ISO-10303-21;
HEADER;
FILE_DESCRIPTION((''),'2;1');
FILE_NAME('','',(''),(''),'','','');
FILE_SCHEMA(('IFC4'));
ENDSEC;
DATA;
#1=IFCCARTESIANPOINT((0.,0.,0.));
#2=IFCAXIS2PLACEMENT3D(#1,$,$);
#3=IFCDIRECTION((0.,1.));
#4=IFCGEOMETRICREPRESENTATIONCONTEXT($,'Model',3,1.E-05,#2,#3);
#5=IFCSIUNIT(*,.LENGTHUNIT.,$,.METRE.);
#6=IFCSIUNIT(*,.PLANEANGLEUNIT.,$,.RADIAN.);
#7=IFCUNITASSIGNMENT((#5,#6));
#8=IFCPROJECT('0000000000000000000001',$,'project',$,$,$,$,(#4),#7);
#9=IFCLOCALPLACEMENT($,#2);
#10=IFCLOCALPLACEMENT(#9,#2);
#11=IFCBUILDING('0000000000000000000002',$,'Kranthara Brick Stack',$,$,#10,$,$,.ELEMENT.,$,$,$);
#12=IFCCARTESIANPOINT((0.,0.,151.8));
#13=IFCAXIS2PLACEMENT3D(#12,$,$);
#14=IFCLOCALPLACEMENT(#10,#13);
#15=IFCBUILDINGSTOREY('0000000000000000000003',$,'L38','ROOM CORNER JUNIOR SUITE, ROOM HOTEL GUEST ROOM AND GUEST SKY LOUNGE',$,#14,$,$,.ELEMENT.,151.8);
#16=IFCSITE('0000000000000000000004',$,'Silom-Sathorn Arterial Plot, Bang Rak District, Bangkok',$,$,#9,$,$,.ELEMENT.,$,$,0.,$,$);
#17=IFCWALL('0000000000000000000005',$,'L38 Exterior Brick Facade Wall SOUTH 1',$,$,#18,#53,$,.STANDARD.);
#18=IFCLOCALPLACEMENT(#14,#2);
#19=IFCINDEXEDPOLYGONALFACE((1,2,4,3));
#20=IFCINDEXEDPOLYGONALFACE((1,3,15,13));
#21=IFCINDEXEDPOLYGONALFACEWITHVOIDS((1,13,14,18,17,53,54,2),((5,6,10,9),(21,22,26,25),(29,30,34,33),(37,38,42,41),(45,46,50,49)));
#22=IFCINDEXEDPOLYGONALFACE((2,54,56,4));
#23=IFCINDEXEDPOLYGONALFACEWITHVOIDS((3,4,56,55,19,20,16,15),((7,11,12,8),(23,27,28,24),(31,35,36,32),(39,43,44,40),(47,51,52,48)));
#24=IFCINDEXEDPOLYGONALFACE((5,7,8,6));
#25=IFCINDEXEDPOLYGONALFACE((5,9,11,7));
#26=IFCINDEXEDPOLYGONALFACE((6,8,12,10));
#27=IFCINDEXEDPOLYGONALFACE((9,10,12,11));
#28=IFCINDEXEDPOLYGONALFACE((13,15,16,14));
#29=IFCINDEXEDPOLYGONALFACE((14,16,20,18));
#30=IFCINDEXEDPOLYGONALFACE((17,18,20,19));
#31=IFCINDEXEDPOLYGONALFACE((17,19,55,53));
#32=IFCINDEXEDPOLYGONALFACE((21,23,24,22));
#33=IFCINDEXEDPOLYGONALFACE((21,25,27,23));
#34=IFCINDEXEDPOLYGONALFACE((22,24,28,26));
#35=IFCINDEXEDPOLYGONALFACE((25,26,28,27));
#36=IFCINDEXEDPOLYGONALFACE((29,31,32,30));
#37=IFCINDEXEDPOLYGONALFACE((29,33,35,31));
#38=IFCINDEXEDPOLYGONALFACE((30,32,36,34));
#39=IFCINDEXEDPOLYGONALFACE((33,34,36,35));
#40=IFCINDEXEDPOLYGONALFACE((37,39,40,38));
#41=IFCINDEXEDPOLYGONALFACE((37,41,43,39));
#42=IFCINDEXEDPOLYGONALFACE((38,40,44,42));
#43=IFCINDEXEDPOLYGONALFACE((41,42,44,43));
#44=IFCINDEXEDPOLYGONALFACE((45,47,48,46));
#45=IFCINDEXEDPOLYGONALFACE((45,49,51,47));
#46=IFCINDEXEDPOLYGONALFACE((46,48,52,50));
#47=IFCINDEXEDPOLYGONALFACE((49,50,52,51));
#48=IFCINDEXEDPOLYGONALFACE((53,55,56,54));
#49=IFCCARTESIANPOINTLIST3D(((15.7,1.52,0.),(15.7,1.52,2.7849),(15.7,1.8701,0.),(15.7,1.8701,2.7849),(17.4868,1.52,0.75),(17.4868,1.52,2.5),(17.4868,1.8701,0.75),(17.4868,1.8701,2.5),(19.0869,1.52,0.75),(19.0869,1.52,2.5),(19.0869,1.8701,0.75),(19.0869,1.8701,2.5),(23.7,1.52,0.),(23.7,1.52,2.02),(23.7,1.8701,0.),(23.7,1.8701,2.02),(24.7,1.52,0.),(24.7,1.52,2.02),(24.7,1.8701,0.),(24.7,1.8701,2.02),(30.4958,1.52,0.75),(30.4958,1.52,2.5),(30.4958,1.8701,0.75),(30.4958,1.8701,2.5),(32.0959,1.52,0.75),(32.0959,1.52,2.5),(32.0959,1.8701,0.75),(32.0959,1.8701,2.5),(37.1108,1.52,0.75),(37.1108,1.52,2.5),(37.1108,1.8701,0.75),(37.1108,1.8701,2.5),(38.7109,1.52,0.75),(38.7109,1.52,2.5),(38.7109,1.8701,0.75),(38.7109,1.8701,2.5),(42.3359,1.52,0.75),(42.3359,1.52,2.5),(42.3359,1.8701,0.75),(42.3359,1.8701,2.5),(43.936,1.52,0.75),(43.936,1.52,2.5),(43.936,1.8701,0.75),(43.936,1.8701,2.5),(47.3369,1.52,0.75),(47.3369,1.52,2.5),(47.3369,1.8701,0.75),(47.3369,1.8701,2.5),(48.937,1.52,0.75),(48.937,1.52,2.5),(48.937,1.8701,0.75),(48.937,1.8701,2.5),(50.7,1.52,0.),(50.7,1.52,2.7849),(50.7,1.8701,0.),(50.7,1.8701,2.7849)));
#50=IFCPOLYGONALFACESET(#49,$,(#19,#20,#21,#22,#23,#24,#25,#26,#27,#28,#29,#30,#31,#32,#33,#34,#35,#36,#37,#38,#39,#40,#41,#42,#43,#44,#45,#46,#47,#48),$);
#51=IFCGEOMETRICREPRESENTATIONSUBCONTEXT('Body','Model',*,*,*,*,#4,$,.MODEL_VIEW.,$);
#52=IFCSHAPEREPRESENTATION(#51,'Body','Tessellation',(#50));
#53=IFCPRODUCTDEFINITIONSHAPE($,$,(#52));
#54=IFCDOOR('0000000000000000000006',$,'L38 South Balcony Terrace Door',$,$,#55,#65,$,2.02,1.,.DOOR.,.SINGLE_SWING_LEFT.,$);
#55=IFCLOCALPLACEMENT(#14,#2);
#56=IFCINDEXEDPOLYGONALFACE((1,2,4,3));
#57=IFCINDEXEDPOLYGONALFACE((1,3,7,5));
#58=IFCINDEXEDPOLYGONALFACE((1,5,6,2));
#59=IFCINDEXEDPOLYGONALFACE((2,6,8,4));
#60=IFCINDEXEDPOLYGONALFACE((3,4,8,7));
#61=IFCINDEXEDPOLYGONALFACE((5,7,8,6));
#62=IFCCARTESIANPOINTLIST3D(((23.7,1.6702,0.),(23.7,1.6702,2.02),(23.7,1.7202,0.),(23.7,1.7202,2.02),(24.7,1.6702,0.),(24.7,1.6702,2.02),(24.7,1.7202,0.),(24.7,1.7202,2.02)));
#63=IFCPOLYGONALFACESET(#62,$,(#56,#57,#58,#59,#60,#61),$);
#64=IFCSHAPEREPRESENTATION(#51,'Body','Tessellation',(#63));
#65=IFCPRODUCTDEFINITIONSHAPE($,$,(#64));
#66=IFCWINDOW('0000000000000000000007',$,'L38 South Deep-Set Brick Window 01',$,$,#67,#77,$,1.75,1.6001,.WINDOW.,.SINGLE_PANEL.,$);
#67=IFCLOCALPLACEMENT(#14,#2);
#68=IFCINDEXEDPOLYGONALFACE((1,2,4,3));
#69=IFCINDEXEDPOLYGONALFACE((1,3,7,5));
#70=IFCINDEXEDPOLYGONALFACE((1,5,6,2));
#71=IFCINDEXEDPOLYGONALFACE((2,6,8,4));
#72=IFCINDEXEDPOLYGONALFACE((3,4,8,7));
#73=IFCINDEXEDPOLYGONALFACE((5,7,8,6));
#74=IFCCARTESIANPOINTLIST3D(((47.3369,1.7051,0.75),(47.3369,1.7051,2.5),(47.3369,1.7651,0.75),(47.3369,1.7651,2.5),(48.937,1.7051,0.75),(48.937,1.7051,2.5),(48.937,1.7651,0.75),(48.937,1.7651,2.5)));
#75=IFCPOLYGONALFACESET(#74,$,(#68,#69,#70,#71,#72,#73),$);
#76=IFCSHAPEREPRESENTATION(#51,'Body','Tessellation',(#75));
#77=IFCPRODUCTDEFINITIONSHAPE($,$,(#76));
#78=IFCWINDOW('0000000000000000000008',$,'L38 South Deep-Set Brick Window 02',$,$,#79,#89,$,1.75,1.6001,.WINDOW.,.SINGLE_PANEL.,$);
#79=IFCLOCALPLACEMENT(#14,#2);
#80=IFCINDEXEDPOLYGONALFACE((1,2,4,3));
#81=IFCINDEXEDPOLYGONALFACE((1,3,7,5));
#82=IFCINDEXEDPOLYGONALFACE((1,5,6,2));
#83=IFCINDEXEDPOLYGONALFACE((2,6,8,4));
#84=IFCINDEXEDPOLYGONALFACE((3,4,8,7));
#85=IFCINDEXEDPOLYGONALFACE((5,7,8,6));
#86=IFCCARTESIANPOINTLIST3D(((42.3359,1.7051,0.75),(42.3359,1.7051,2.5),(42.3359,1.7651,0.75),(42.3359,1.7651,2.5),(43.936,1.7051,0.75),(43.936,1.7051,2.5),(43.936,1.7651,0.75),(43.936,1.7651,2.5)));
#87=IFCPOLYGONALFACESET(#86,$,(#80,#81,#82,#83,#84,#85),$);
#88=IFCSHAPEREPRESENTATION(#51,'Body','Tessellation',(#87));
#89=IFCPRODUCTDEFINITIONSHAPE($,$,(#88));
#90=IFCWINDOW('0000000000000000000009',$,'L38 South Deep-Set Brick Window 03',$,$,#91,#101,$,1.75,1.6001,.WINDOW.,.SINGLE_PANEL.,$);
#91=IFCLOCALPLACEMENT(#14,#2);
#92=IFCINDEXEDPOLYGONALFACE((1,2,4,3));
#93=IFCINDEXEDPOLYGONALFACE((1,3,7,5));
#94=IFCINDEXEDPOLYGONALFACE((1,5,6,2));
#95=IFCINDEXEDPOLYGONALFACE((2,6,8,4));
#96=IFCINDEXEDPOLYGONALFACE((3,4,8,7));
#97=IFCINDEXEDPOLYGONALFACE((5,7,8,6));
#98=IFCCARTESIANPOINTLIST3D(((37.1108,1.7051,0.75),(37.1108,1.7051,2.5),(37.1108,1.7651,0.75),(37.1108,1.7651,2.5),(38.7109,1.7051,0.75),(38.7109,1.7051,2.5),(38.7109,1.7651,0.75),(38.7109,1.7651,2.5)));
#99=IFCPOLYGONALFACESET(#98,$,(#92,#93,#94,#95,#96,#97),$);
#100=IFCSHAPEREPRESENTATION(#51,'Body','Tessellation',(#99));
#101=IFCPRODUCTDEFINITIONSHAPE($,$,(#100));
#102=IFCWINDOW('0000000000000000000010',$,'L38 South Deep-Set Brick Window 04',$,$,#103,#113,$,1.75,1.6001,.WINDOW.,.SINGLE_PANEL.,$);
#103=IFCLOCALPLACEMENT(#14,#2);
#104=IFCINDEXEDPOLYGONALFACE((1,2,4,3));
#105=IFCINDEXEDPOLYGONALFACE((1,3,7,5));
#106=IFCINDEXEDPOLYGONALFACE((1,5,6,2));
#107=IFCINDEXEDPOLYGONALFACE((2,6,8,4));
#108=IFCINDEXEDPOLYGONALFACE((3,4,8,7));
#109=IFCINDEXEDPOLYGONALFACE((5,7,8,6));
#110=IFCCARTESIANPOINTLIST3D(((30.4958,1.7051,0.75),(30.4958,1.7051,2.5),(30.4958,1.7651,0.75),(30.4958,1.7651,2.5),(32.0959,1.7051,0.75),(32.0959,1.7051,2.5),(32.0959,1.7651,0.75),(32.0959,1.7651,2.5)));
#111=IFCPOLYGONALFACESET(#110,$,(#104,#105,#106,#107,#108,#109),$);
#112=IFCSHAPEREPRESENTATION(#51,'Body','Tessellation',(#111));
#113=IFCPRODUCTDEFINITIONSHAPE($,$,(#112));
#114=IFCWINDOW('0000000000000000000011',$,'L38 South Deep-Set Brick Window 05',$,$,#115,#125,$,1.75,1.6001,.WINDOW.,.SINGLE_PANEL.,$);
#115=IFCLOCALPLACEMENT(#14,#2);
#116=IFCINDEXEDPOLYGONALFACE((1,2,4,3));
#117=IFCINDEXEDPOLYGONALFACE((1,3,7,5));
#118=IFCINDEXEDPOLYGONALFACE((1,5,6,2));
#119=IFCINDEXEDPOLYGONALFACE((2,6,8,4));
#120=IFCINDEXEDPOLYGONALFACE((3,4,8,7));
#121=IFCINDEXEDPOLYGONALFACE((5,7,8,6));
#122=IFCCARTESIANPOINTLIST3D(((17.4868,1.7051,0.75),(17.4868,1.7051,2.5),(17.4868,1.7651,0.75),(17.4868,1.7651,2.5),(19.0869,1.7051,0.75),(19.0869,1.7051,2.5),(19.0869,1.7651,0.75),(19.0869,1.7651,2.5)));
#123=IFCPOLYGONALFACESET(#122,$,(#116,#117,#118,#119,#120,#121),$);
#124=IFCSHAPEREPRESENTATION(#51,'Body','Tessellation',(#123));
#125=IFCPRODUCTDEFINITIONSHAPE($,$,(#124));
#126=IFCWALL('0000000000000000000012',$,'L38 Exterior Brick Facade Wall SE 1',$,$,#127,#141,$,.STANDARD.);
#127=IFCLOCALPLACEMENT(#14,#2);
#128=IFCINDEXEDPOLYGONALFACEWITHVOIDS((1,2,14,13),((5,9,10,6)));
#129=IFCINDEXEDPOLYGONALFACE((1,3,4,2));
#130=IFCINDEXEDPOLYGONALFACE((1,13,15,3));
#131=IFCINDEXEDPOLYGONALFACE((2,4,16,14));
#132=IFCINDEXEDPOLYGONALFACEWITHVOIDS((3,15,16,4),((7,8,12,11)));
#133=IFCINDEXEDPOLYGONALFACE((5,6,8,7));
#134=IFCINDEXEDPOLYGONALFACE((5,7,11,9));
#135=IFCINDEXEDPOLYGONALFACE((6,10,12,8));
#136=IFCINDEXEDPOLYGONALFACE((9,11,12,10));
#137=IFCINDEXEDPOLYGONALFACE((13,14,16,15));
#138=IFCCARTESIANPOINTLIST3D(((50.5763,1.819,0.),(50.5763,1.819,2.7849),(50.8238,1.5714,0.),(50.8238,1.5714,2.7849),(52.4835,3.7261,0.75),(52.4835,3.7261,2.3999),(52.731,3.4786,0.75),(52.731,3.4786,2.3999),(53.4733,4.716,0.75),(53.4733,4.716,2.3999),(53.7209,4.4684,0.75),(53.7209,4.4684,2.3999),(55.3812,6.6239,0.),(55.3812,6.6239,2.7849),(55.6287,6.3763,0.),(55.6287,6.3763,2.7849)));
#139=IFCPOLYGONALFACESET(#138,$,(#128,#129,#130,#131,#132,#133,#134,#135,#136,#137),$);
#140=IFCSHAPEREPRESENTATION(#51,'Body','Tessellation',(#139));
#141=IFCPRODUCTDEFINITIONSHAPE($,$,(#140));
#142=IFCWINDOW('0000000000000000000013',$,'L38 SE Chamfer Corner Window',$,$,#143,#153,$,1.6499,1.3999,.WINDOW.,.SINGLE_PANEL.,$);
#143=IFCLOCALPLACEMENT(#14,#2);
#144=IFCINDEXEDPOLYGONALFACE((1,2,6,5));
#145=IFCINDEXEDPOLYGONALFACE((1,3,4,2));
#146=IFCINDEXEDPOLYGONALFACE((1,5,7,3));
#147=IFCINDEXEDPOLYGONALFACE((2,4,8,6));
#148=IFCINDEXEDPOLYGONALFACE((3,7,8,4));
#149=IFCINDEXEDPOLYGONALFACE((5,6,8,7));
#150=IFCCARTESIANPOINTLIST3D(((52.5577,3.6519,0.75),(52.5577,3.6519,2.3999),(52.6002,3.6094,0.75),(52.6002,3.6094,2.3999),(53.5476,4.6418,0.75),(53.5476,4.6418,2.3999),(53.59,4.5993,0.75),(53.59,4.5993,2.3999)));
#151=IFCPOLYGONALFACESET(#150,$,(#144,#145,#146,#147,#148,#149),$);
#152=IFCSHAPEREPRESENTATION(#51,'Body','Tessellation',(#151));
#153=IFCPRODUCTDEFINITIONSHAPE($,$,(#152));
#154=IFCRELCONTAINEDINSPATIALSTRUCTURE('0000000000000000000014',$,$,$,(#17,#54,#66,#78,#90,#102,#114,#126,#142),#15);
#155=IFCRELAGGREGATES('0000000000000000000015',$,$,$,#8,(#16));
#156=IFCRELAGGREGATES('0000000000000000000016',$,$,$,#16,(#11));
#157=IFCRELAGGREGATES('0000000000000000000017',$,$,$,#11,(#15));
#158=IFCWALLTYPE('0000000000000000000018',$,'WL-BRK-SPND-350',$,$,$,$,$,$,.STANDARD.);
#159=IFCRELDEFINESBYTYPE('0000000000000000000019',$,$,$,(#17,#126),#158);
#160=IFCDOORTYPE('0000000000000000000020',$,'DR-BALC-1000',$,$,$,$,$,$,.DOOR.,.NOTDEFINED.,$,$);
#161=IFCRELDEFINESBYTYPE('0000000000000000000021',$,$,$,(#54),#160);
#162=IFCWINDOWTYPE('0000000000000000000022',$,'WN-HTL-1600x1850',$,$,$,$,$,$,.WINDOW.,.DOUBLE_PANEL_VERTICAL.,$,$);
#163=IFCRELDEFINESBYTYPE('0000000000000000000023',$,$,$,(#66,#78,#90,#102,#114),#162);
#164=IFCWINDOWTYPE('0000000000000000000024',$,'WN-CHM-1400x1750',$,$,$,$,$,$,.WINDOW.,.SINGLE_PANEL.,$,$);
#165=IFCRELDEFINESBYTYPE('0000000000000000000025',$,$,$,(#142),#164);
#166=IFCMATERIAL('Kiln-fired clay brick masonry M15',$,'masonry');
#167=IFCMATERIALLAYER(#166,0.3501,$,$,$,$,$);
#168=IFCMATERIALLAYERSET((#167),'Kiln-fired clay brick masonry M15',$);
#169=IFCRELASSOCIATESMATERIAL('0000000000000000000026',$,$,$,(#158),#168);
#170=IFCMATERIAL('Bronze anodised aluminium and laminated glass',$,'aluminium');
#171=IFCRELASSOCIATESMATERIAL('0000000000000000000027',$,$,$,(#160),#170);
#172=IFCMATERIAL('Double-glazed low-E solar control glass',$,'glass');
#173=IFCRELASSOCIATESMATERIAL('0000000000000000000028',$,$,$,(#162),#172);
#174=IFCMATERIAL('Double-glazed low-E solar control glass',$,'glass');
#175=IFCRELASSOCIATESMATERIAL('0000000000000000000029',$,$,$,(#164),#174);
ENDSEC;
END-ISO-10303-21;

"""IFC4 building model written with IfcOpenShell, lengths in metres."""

from ifc_helpers import new_model, si_unit, direction, frame, frame_2d, origin, place, context, subcontext, project, spatial, rectangle, extrude, material, layer, layer_set, type_object, element, fill, save


model = new_model("IFC4")

# Units and contexts
model_context = context("Model", 3, precision=1e-05, world=origin(), true_north=direction((0.0, 1.0)))
body_context = subcontext(model_context, "Body", "Model", "MODEL_VIEW")
ifc_project = project(units=[si_unit("LENGTHUNIT", "METRE"), si_unit("PLANEANGLEUNIT", "RADIAN")], contexts=[model_context])

# Site, building, storey
site_placement = place(None, origin())
site = spatial("IfcSite", under=ifc_project, at=site_placement, Name="Silom-Sathorn Arterial Plot, Bang Rak District, Bangkok", CompositionType="ELEMENT", RefElevation=0.0)
building_placement = place(site_placement, origin())
building = spatial("IfcBuilding", under=site, at=building_placement, Name="Kranthara Brick Stack", CompositionType="ELEMENT")
storey_placement = place(building_placement, frame((0.0, 0.0, 151.8)))
storey = spatial("IfcBuildingStorey", under=building, at=storey_placement, Name="L38", Description="ROOM CORNER JUNIOR SUITE, ROOM HOTEL GUEST ROOM AND GUEST SKY LOUNGE", CompositionType="ELEMENT", Elevation=151.8)

# Wall, openings, door, windows
ifc_material_1 = material(Name="Kiln-fired clay brick masonry M15", Category="masonry")
ifc_layer_1 = layer(ifc_material_1, 0.3501)
ifc_layer_set_1 = layer_set([ifc_layer_1], Name="Kiln-fired clay brick masonry M15")
wall_type_1 = type_object("IfcWallType", Name="WL-BRK-SPND-350", PredefinedType="STANDARD", material=ifc_layer_set_1)
wall_1_placement = place(storey_placement, frame((50.7, 1.6951, 0.0), z_axis=(0.0, 0.0, 1.0), x_axis=(-1.0, 0.0, 0.0)))
wall_1 = element("IfcWall", 1, at=wall_1_placement, inside=storey, type_object=wall_type_1, Name="L38 Exterior Brick Facade Wall SOUTH 1", PredefinedType="STANDARD", context=body_context, shape_type="SweptSolid", body=[
    extrude(rectangle(XDim=35.0, YDim=0.3501, at=frame_2d((17.5, 0.0))), origin(), (0.0, 0.0, 1.0), 2.7849),
])
opening_1_placement = place(wall_1_placement, frame((26.0, 0.0, 0.0)))
opening_1 = element("IfcOpeningElement", 2, at=opening_1_placement, cuts=wall_1, PredefinedType="OPENING", context=body_context, shape_type="SweptSolid", body=[
    extrude(rectangle(XDim=1.0, YDim=2.02, at=frame_2d((0.5, 1.01))), frame((0.0, 0.1851, 0.0), z_axis=(0.0, -1.0, 0.0), x_axis=(1.0, 0.0, 0.0)), (0.0, 0.0, 1.0), 0.3701),
])
opening_2_placement = place(wall_1_placement, frame((1.7629, 0.0, 0.75)))
opening_2 = element("IfcOpeningElement", 3, at=opening_2_placement, cuts=wall_1, PredefinedType="OPENING", context=body_context, shape_type="SweptSolid", body=[
    extrude(rectangle(XDim=1.6001, YDim=1.75, at=frame_2d((0.8, 0.875))), frame((0.0, 0.1851, 0.0), z_axis=(0.0, -1.0, 0.0), x_axis=(1.0, 0.0, 0.0)), (0.0, 0.0, 1.0), 0.3701),
])
opening_3_placement = place(wall_1_placement, frame((6.7639, 0.0, 0.75)))
opening_3 = element("IfcOpeningElement", 4, at=opening_3_placement, cuts=wall_1, PredefinedType="OPENING", context=body_context, shape_type="SweptSolid", body=[
    extrude(rectangle(XDim=1.6001, YDim=1.75, at=frame_2d((0.8, 0.875))), frame((0.0, 0.1851, 0.0), z_axis=(0.0, -1.0, 0.0), x_axis=(1.0, 0.0, 0.0)), (0.0, 0.0, 1.0), 0.3701),
])
opening_4_placement = place(wall_1_placement, frame((11.989, 0.0, 0.75)))
opening_4 = element("IfcOpeningElement", 5, at=opening_4_placement, cuts=wall_1, PredefinedType="OPENING", context=body_context, shape_type="SweptSolid", body=[
    extrude(rectangle(XDim=1.6001, YDim=1.75, at=frame_2d((0.8, 0.875))), frame((0.0, 0.1851, 0.0), z_axis=(0.0, -1.0, 0.0), x_axis=(1.0, 0.0, 0.0)), (0.0, 0.0, 1.0), 0.3701),
])
opening_5_placement = place(wall_1_placement, frame((18.604, 0.0, 0.75)))
opening_5 = element("IfcOpeningElement", 6, at=opening_5_placement, cuts=wall_1, PredefinedType="OPENING", context=body_context, shape_type="SweptSolid", body=[
    extrude(rectangle(XDim=1.6001, YDim=1.75, at=frame_2d((0.8, 0.875))), frame((0.0, 0.1851, 0.0), z_axis=(0.0, -1.0, 0.0), x_axis=(1.0, 0.0, 0.0)), (0.0, 0.0, 1.0), 0.3701),
])
opening_6_placement = place(wall_1_placement, frame((31.613, 0.0, 0.75)))
opening_6 = element("IfcOpeningElement", 7, at=opening_6_placement, cuts=wall_1, PredefinedType="OPENING", context=body_context, shape_type="SweptSolid", body=[
    extrude(rectangle(XDim=1.6001, YDim=1.75, at=frame_2d((0.8, 0.875))), frame((0.0, 0.1851, 0.0), z_axis=(0.0, -1.0, 0.0), x_axis=(1.0, 0.0, 0.0)), (0.0, 0.0, 1.0), 0.3701),
])
ifc_material_2 = material(Name="Bronze anodised aluminium and laminated glass", Category="aluminium")
door_type_1 = type_object("IfcDoorType", Name="DR-BALC-1000", OperationType="NOTDEFINED", PredefinedType="DOOR", material=ifc_material_2)
door_1_placement = place(opening_1_placement, origin())
door_1 = element("IfcDoor", 8, at=door_1_placement, inside=storey, type_object=door_type_1, Name="L38 South Balcony Terrace Door", OperationType="SINGLE_SWING_LEFT", OverallHeight=2.02, OverallWidth=1.0, PredefinedType="DOOR", context=body_context, shape_type="SweptSolid", body=[
    extrude(rectangle(XDim=1.0, YDim=2.02, at=frame_2d((0.5, 1.01))), frame((0.0, 0.0249, 0.0), z_axis=(0.0, -1.0, 0.0), x_axis=(1.0, 0.0, 0.0)), (0.0, 0.0, 1.0), 0.05),
])
fill(opening_1, door_1)
ifc_material_3 = material(Name="Double-glazed low-E solar control glass", Category="glass")
window_type_1 = type_object("IfcWindowType", Name="WN-HTL-1600x1850", PartitioningType="DOUBLE_PANEL_VERTICAL", PredefinedType="WINDOW", material=ifc_material_3)
window_1_placement = place(opening_2_placement, origin())
window_1 = element("IfcWindow", 9, at=window_1_placement, inside=storey, type_object=window_type_1, Name="L38 South Deep-Set Brick Window 01", OverallHeight=1.75, OverallWidth=1.6001, PartitioningType="SINGLE_PANEL", PredefinedType="WINDOW", context=body_context, shape_type="SweptSolid", body=[
    extrude(rectangle(XDim=1.6001, YDim=1.75, at=frame_2d((0.8, 0.875))), frame((0.0, -0.01, 0.0), z_axis=(0.0, -1.0, 0.0), x_axis=(1.0, 0.0, 0.0)), (0.0, 0.0, 1.0), 0.0601),
])
fill(opening_2, window_1)
window_2_placement = place(opening_3_placement, origin())
window_2 = element("IfcWindow", 10, at=window_2_placement, inside=storey, type_object=window_type_1, Name="L38 South Deep-Set Brick Window 02", OverallHeight=1.75, OverallWidth=1.6001, PartitioningType="SINGLE_PANEL", PredefinedType="WINDOW", context=body_context, shape_type="SweptSolid", body=[
    extrude(rectangle(XDim=1.6001, YDim=1.75, at=frame_2d((0.8, 0.875))), frame((0.0, -0.01, 0.0), z_axis=(0.0, -1.0, 0.0), x_axis=(1.0, 0.0, 0.0)), (0.0, 0.0, 1.0), 0.0601),
])
fill(opening_3, window_2)
window_3_placement = place(opening_4_placement, origin())
window_3 = element("IfcWindow", 11, at=window_3_placement, inside=storey, type_object=window_type_1, Name="L38 South Deep-Set Brick Window 03", OverallHeight=1.75, OverallWidth=1.6001, PartitioningType="SINGLE_PANEL", PredefinedType="WINDOW", context=body_context, shape_type="SweptSolid", body=[
    extrude(rectangle(XDim=1.6001, YDim=1.75, at=frame_2d((0.8, 0.875))), frame((0.0, -0.01, 0.0), z_axis=(0.0, -1.0, 0.0), x_axis=(1.0, 0.0, 0.0)), (0.0, 0.0, 1.0), 0.0601),
])
fill(opening_4, window_3)
window_4_placement = place(opening_5_placement, origin())
window_4 = element("IfcWindow", 12, at=window_4_placement, inside=storey, type_object=window_type_1, Name="L38 South Deep-Set Brick Window 04", OverallHeight=1.75, OverallWidth=1.6001, PartitioningType="SINGLE_PANEL", PredefinedType="WINDOW", context=body_context, shape_type="SweptSolid", body=[
    extrude(rectangle(XDim=1.6001, YDim=1.75, at=frame_2d((0.8, 0.875))), frame((0.0, -0.01, 0.0), z_axis=(0.0, -1.0, 0.0), x_axis=(1.0, 0.0, 0.0)), (0.0, 0.0, 1.0), 0.0601),
])
fill(opening_5, window_4)
window_5_placement = place(opening_6_placement, origin())
window_5 = element("IfcWindow", 13, at=window_5_placement, inside=storey, type_object=window_type_1, Name="L38 South Deep-Set Brick Window 05", OverallHeight=1.75, OverallWidth=1.6001, PartitioningType="SINGLE_PANEL", PredefinedType="WINDOW", context=body_context, shape_type="SweptSolid", body=[
    extrude(rectangle(XDim=1.6001, YDim=1.75, at=frame_2d((0.8, 0.875))), frame((0.0, -0.01, 0.0), z_axis=(0.0, -1.0, 0.0), x_axis=(1.0, 0.0, 0.0)), (0.0, 0.0, 1.0), 0.0601),
])
fill(opening_6, window_5)

# Wall, opening, window
wall_2_placement = place(storey_placement, frame((55.5049, 6.5, 0.0), z_axis=(0.0, 0.0, 1.0), x_axis=(-0.707107, -0.707107, 0.0)))
wall_2 = element("IfcWall", 14, at=wall_2_placement, inside=storey, type_object=wall_type_1, Name="L38 Exterior Brick Facade Wall SE 1", PredefinedType="STANDARD", context=body_context, shape_type="SweptSolid", body=[
    extrude(rectangle(XDim=6.7952, YDim=0.3501, at=frame_2d((3.3975, 0.0))), origin(), (0.0, 0.0, 1.0), 2.7849),
])
opening_7_placement = place(wall_2_placement, frame((2.698, 0.0, 0.75)))
opening_7 = element("IfcOpeningElement", 15, at=opening_7_placement, cuts=wall_2, PredefinedType="OPENING", context=body_context, shape_type="SweptSolid", body=[
    extrude(rectangle(XDim=1.3999, YDim=1.6499, at=frame_2d((0.7, 0.825))), frame((0.0, 0.1851, 0.0), z_axis=(0.0, -1.0, 0.0), x_axis=(1.0, 0.0, 0.0)), (0.0, 0.0, 1.0), 0.3701),
])
ifc_material_4 = material(Name="Double-glazed low-E solar control glass", Category="glass")
window_type_2 = type_object("IfcWindowType", Name="WN-CHM-1400x1750", PartitioningType="SINGLE_PANEL", PredefinedType="WINDOW", material=ifc_material_4)
window_6_placement = place(opening_7_placement, origin())
window_6 = element("IfcWindow", 16, at=window_6_placement, inside=storey, type_object=window_type_2, Name="L38 SE Chamfer Corner Window", OverallHeight=1.6499, OverallWidth=1.3999, PartitioningType="SINGLE_PANEL", PredefinedType="WINDOW", context=body_context, shape_type="SweptSolid", body=[
    extrude(rectangle(XDim=1.3999, YDim=1.6499, at=frame_2d((0.7, 0.825))), frame((0.0, -0.01, 0.0), z_axis=(0.0, -1.0, 0.0), x_axis=(1.0, 0.0, 0.0)), (0.0, 0.0, 1.0), 0.0601),
])
fill(opening_7, window_6)

save(model, "model.ifc")
